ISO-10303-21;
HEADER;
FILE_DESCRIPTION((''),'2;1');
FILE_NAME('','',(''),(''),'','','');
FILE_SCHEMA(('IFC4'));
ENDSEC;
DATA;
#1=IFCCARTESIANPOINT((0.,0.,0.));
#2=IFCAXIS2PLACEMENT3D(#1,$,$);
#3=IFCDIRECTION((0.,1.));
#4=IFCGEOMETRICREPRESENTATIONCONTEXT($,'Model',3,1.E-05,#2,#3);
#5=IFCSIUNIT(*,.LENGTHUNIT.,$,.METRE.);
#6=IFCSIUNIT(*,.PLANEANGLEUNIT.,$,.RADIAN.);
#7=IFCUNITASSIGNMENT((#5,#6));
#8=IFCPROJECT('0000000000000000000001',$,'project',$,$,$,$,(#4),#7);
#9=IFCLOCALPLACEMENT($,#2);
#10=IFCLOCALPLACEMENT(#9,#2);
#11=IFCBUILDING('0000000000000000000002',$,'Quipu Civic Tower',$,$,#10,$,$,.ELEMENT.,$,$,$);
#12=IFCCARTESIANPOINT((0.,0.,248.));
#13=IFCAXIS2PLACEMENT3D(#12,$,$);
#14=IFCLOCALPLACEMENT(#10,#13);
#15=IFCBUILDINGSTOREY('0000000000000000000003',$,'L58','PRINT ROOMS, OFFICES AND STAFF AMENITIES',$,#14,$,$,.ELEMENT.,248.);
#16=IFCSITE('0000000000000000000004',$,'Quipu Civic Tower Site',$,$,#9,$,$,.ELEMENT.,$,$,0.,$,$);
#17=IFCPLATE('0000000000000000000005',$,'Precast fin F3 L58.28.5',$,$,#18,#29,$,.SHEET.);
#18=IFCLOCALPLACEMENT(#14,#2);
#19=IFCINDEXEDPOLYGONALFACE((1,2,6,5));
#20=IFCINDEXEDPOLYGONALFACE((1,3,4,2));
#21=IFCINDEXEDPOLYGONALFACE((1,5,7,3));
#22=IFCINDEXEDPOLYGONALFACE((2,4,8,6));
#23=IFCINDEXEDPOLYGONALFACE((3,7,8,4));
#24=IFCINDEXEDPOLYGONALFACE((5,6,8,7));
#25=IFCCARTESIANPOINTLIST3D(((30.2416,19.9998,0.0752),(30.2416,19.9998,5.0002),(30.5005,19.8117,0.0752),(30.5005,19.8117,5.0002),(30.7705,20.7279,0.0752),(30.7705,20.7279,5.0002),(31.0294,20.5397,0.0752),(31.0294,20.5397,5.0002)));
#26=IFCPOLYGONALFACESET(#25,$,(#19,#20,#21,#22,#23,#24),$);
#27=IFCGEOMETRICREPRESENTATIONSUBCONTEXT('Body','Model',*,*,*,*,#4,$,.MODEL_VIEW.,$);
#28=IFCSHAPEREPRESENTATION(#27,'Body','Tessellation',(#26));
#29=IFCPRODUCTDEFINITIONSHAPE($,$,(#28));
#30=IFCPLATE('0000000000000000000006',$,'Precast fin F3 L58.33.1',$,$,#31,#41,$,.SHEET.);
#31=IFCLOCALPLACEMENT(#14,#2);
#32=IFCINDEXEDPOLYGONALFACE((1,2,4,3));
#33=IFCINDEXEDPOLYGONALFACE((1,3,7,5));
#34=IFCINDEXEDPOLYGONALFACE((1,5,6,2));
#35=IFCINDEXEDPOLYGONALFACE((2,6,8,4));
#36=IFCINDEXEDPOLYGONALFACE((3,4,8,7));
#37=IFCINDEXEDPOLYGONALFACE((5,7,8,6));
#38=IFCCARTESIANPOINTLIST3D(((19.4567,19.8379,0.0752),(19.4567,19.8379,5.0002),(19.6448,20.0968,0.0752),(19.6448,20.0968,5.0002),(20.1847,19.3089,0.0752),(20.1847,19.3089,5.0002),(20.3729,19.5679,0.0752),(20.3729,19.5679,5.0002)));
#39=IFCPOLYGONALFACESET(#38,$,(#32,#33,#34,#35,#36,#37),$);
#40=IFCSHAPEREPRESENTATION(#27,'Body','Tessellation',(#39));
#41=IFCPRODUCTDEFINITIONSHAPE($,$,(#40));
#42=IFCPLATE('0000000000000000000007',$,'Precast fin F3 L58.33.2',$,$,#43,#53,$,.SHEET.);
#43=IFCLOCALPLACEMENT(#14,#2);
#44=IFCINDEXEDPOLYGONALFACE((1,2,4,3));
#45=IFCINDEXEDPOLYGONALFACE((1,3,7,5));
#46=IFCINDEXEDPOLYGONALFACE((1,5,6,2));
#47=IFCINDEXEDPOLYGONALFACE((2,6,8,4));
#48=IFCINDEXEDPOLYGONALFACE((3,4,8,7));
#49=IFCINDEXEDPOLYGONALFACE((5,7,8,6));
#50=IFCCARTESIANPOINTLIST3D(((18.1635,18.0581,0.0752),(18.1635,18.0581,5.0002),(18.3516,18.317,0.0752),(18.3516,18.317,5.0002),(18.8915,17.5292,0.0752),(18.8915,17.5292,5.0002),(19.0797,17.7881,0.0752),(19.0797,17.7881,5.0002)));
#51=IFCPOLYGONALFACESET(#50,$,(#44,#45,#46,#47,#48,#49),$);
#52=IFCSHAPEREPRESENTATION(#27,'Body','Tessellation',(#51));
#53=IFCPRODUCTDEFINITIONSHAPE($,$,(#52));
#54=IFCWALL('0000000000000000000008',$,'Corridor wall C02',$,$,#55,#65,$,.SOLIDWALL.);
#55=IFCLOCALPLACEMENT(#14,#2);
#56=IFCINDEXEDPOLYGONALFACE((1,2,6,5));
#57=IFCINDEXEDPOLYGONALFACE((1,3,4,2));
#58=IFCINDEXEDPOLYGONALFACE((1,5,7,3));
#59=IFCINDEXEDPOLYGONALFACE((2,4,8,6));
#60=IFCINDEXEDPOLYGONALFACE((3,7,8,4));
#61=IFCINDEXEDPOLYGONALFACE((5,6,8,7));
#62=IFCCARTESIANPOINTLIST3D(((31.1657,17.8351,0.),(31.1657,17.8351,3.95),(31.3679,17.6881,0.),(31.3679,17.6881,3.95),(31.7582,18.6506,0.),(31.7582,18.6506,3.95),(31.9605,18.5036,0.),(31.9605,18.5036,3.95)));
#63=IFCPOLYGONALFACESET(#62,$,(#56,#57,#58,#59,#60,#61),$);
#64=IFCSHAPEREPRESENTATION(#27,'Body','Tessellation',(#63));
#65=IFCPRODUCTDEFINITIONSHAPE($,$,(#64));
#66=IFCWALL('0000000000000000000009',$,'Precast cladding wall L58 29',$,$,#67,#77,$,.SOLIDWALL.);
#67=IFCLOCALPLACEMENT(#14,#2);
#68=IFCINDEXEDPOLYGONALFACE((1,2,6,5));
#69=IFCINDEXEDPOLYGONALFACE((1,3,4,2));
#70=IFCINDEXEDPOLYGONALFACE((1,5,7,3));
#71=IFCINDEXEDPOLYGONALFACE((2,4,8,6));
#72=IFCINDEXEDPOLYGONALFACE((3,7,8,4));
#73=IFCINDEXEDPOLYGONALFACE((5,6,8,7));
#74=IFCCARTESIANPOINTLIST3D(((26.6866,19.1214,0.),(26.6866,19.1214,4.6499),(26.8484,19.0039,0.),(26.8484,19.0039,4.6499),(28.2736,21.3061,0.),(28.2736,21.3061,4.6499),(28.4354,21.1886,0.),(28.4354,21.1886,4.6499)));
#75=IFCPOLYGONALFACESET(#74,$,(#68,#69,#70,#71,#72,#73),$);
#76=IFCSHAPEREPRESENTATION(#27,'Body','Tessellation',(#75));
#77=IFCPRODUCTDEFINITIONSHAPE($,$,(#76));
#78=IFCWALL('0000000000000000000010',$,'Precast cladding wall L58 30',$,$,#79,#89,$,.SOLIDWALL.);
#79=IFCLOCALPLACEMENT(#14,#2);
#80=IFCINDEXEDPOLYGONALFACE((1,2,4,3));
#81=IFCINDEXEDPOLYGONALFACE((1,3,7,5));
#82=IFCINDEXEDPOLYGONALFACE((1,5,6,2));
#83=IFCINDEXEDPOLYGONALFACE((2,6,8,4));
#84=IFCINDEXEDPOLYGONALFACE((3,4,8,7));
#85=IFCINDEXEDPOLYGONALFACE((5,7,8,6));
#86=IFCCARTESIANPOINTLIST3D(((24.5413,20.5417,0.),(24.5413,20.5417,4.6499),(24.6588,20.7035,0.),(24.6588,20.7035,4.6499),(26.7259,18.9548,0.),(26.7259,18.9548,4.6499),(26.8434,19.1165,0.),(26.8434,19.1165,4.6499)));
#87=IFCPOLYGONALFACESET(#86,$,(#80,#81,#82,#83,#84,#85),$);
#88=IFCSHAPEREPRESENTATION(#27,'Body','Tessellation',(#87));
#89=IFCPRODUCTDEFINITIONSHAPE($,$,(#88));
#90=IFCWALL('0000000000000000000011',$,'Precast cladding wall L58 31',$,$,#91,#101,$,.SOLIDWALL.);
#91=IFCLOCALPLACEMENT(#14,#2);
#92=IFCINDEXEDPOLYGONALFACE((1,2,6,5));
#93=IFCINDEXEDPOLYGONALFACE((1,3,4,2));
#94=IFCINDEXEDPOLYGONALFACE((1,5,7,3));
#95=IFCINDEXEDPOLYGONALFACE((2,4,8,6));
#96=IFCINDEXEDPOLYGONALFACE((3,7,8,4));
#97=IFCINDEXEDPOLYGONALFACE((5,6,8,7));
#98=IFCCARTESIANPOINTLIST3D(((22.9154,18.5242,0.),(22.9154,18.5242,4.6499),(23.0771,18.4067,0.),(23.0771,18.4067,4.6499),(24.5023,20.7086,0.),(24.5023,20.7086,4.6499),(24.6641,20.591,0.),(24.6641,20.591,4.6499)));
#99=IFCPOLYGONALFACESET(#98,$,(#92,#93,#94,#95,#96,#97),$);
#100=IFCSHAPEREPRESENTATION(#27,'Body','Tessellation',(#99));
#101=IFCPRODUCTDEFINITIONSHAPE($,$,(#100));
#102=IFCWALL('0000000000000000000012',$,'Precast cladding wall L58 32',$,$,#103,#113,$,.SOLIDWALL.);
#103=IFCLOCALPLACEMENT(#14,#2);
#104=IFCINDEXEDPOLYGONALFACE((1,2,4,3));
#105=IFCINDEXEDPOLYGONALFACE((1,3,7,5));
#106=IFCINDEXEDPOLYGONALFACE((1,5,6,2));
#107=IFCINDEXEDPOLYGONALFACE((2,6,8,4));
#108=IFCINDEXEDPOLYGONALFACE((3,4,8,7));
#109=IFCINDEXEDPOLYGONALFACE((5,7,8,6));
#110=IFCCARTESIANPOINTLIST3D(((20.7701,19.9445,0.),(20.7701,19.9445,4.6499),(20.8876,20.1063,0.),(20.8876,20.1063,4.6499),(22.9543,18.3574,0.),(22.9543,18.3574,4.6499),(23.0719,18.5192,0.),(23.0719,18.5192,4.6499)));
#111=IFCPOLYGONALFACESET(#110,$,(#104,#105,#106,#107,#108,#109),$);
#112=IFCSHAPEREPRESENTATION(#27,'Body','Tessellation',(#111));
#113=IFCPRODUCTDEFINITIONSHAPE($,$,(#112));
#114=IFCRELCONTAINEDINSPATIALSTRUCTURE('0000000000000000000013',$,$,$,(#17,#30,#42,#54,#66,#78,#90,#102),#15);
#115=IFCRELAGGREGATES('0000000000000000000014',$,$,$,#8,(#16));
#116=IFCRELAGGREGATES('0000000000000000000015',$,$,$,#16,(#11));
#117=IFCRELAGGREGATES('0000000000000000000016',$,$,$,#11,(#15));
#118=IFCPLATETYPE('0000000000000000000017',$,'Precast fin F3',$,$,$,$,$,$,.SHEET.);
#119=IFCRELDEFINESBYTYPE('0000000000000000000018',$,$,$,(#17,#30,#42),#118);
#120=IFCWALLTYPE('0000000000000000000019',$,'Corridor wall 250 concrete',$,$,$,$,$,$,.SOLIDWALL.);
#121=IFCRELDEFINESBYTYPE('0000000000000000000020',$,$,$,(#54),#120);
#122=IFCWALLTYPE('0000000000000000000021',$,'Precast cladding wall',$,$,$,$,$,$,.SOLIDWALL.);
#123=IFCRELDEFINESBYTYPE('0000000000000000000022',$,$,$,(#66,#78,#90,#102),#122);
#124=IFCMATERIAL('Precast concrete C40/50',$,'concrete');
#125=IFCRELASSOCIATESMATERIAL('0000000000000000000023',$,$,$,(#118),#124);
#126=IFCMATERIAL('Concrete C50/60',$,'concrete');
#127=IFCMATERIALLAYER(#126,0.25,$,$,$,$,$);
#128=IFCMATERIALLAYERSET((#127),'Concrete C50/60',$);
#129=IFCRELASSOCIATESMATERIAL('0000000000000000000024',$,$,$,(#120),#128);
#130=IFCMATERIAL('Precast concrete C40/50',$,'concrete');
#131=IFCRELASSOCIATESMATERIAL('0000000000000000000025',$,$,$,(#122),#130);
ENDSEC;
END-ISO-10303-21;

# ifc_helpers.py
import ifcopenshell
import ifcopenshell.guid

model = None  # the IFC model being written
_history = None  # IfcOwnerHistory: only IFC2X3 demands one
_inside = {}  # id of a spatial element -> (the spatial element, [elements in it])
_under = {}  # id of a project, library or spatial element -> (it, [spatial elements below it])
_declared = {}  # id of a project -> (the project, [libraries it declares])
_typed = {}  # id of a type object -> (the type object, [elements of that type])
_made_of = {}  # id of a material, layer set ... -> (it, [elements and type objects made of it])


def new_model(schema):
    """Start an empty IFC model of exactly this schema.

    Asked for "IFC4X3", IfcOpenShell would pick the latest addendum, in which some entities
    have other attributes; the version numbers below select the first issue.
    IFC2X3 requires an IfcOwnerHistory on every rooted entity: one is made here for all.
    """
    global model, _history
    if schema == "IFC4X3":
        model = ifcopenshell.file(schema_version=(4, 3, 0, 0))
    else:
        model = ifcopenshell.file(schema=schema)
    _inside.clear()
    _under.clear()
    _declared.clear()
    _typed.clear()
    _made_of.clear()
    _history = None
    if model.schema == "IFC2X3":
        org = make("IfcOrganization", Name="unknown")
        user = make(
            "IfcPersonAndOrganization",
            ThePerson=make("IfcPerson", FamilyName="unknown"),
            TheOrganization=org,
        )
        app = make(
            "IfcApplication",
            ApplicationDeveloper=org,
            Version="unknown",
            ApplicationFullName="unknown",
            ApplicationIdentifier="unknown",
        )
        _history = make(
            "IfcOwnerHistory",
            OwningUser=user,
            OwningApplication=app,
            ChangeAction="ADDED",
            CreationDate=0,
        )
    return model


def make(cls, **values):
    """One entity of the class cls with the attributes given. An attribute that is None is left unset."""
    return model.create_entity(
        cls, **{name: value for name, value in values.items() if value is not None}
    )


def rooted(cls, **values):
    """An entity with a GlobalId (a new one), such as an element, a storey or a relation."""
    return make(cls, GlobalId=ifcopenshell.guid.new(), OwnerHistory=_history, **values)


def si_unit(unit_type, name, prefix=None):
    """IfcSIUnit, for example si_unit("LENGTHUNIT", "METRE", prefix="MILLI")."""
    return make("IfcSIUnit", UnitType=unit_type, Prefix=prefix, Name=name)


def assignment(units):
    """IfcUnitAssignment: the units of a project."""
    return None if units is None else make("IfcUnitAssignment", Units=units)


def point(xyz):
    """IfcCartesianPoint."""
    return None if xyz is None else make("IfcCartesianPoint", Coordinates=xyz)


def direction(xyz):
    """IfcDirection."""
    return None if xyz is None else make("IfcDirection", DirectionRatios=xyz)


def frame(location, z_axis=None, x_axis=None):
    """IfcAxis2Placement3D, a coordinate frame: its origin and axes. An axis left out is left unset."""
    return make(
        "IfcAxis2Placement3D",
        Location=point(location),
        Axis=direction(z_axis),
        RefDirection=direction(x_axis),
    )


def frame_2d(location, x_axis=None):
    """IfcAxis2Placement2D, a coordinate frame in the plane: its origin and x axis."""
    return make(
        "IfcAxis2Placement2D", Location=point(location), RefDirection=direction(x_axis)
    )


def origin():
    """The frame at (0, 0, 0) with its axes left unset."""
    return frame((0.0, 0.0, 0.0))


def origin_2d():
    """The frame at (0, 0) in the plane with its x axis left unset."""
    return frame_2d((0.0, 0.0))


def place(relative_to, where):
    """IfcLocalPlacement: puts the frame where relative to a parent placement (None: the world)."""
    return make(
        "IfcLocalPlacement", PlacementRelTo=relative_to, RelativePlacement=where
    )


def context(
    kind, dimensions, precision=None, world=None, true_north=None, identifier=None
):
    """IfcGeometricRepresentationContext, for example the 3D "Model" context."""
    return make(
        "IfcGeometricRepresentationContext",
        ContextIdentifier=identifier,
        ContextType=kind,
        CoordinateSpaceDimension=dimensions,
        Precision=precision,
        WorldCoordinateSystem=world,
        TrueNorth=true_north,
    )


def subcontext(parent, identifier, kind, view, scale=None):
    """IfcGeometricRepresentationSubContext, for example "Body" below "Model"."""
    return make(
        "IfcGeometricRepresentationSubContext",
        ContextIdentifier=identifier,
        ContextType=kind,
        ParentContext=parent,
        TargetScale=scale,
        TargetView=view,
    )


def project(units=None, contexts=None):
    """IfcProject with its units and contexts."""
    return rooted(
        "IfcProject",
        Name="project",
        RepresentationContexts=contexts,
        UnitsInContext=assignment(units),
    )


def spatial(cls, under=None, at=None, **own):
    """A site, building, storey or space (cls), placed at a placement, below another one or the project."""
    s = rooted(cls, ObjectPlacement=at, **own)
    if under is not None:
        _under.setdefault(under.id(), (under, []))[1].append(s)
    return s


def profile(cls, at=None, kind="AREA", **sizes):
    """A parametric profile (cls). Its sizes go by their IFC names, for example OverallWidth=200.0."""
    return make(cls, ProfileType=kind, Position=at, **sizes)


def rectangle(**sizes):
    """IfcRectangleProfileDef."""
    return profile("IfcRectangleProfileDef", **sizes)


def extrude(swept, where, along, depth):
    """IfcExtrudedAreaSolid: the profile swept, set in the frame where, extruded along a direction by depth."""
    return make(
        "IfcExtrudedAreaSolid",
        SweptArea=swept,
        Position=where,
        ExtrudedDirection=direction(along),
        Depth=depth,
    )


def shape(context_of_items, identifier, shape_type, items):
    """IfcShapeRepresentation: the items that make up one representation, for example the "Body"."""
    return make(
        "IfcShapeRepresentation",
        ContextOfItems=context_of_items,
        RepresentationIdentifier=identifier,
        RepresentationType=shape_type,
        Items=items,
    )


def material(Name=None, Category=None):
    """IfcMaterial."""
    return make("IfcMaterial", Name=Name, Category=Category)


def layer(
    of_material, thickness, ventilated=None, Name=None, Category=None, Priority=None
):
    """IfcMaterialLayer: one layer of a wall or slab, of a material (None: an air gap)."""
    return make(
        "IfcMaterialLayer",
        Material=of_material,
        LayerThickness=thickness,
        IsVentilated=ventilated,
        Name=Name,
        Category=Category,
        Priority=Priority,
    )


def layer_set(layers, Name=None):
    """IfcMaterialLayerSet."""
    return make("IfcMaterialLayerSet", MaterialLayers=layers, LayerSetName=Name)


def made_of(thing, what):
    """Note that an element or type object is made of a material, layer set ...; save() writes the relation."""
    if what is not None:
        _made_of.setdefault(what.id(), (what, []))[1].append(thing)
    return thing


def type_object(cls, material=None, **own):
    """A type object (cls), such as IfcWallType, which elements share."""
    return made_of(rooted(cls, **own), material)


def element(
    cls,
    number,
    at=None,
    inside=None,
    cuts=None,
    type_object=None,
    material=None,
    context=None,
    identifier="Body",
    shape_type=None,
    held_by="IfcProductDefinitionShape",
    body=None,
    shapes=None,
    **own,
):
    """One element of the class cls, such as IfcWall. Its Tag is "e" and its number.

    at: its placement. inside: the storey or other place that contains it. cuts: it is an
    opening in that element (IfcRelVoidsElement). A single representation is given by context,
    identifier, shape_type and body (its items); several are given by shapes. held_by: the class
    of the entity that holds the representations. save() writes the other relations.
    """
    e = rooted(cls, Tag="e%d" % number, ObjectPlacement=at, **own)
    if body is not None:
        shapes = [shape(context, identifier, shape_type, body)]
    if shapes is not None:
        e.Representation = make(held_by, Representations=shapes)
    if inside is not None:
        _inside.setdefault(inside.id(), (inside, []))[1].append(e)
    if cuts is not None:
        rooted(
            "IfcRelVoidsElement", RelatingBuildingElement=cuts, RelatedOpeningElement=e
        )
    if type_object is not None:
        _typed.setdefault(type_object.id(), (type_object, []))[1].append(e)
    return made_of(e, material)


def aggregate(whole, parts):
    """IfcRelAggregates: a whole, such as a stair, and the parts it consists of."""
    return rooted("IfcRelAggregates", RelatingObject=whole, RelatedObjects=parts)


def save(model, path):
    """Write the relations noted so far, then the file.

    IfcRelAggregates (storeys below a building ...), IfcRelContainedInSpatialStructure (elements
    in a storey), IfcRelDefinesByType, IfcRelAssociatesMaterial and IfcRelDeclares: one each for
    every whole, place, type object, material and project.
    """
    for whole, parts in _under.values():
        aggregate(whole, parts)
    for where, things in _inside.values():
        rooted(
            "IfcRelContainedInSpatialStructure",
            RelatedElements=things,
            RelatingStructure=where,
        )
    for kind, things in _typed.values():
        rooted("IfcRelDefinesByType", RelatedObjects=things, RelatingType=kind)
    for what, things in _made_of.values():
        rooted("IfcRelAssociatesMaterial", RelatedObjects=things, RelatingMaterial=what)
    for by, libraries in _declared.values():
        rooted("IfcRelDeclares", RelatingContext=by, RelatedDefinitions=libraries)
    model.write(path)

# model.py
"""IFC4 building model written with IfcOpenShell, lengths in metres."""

from ifc_helpers import new_model, si_unit, direction, frame, frame_2d, origin, origin_2d, place, context, subcontext, project, spatial, rectangle, extrude, material, layer, layer_set, type_object, element, save


model = new_model("IFC4")

# Units and contexts
model_context = context("Model", 3, precision=1e-05, world=origin(), true_north=direction((0.0, 1.0)))
body_context = subcontext(model_context, "Body", "Model", "MODEL_VIEW")
ifc_project = project(units=[si_unit("LENGTHUNIT", "METRE"), si_unit("PLANEANGLEUNIT", "RADIAN")], contexts=[model_context])

# Site, building, storey
site_placement = place(None, origin())
site = spatial("IfcSite", under=ifc_project, at=site_placement, Name="Quipu Civic Tower Site", CompositionType="ELEMENT", RefElevation=0.0)
building_placement = place(site_placement, origin())
building = spatial("IfcBuilding", under=site, at=building_placement, Name="Quipu Civic Tower", CompositionType="ELEMENT")
storey_placement = place(building_placement, frame((0.0, 0.0, 248.0)))
storey = spatial("IfcBuildingStorey", under=building, at=storey_placement, Name="L58", Description="PRINT ROOMS, OFFICES AND STAFF AMENITIES", CompositionType="ELEMENT", Elevation=248.0)

# Plates
ifc_material_1 = material(Name="Precast concrete C40/50", Category="concrete")
plate_type = type_object("IfcPlateType", Name="Precast fin F3", PredefinedType="SHEET", material=ifc_material_1)
for number, where, z_axis, x_axis, name in (
    (1, (30.6355, 20.2698, 0.0752), (0.0, 0.0, 1.0), (-0.809017, 0.587785, 0.0), "Precast fin F3 L58.28.5"),
    (2, (19.9148, 19.7029, 0.0752), (0.0, 0.0, 1.0), (-0.587784, -0.809018, 0.0), "Precast fin F3 L58.33.1"),
    (3, (18.6216, 17.9231, 0.0752), (0.0, 0.0, 1.0), (-0.587784, -0.809018, 0.0), "Precast fin F3 L58.33.2"),
):
    element("IfcPlate", number, at=place(storey_placement, frame(where, z_axis=z_axis, x_axis=x_axis)), inside=storey, type_object=plate_type, Name=name, PredefinedType="SHEET", context=body_context, shape_type="SweptSolid", body=[
        extrude(rectangle(XDim=0.3201, YDim=0.8999, at=origin_2d()), origin(), (0.0, 0.0, 1.0), 4.925),
    ])

# Walls
ifc_material_2 = material(Name="Concrete C50/60", Category="concrete")
ifc_layer = layer(ifc_material_2, 0.25)
ifc_layer_set = layer_set([ifc_layer], Name="Concrete C50/60")
wall_type_1 = type_object("IfcWallType", Name="Corridor wall 250 concrete", PredefinedType="SOLIDWALL", material=ifc_layer_set)
wall_placement = place(storey_placement, frame((31.2668, 17.7617, 0.0), z_axis=(0.0, 0.0, 1.0), x_axis=(0.58784, 0.808977, 0.0)))
element("IfcWall", 4, at=wall_placement, inside=storey, type_object=wall_type_1, Name="Corridor wall C02", PredefinedType="SOLIDWALL", context=body_context, shape_type="SweptSolid", body=[
    extrude(rectangle(XDim=1.0081, YDim=0.25, at=frame_2d((0.5039, 0.0))), origin(), (0.0, 0.0, 1.0), 3.95),
])
ifc_material_3 = material(Name="Precast concrete C40/50", Category="concrete")
wall_type_2 = type_object("IfcWallType", Name="Precast cladding wall", PredefinedType="SOLIDWALL", material=ifc_material_3)
for number, where, z_axis, x_axis, name in (
    (5, (28.3545, 21.2473, 0.0), (0.0, 0.0, 1.0), (-0.58772, -0.809064, 0.0), "Precast cladding wall L58 29"),
    (6, (26.7847, 19.0356, 0.0), (0.0, 0.0, 1.0), (-0.809064, 0.58772, 0.0), "Precast cladding wall L58 30"),
):
    element("IfcWall", number, at=place(storey_placement, frame(where, z_axis=z_axis, x_axis=x_axis)), inside=storey, type_object=wall_type_2, Name=name, PredefinedType="SOLIDWALL", context=body_context, shape_type="SweptSolid", body=[
        extrude(rectangle(XDim=2.7002, YDim=0.2, at=frame_2d((1.3501, 0.0))), origin(), (0.0, 0.0, 1.0), 4.6499),
    ])
for number, where, z_axis, x_axis, name in (
    (7, (24.5833, 20.6499, 0.0), (0.0, 0.0, 1.0), (-0.587763, -0.809033, 0.0), "Precast cladding wall L58 31"),
    (8, (23.0132, 18.4382, 0.0), (0.0, 0.0, 1.0), (-0.80899, 0.587822, 0.0), "Precast cladding wall L58 32"),
):
    element("IfcWall", number, at=place(storey_placement, frame(where, z_axis=z_axis, x_axis=x_axis)), inside=storey, type_object=wall_type_2, Name=name, PredefinedType="SOLIDWALL", context=body_context, shape_type="SweptSolid", body=[
        extrude(rectangle(XDim=2.7, YDim=0.2, at=frame_2d((1.3501, 0.0))), origin(), (0.0, 0.0, 1.0), 4.6499),
    ])

save(model, "model.ifc")
